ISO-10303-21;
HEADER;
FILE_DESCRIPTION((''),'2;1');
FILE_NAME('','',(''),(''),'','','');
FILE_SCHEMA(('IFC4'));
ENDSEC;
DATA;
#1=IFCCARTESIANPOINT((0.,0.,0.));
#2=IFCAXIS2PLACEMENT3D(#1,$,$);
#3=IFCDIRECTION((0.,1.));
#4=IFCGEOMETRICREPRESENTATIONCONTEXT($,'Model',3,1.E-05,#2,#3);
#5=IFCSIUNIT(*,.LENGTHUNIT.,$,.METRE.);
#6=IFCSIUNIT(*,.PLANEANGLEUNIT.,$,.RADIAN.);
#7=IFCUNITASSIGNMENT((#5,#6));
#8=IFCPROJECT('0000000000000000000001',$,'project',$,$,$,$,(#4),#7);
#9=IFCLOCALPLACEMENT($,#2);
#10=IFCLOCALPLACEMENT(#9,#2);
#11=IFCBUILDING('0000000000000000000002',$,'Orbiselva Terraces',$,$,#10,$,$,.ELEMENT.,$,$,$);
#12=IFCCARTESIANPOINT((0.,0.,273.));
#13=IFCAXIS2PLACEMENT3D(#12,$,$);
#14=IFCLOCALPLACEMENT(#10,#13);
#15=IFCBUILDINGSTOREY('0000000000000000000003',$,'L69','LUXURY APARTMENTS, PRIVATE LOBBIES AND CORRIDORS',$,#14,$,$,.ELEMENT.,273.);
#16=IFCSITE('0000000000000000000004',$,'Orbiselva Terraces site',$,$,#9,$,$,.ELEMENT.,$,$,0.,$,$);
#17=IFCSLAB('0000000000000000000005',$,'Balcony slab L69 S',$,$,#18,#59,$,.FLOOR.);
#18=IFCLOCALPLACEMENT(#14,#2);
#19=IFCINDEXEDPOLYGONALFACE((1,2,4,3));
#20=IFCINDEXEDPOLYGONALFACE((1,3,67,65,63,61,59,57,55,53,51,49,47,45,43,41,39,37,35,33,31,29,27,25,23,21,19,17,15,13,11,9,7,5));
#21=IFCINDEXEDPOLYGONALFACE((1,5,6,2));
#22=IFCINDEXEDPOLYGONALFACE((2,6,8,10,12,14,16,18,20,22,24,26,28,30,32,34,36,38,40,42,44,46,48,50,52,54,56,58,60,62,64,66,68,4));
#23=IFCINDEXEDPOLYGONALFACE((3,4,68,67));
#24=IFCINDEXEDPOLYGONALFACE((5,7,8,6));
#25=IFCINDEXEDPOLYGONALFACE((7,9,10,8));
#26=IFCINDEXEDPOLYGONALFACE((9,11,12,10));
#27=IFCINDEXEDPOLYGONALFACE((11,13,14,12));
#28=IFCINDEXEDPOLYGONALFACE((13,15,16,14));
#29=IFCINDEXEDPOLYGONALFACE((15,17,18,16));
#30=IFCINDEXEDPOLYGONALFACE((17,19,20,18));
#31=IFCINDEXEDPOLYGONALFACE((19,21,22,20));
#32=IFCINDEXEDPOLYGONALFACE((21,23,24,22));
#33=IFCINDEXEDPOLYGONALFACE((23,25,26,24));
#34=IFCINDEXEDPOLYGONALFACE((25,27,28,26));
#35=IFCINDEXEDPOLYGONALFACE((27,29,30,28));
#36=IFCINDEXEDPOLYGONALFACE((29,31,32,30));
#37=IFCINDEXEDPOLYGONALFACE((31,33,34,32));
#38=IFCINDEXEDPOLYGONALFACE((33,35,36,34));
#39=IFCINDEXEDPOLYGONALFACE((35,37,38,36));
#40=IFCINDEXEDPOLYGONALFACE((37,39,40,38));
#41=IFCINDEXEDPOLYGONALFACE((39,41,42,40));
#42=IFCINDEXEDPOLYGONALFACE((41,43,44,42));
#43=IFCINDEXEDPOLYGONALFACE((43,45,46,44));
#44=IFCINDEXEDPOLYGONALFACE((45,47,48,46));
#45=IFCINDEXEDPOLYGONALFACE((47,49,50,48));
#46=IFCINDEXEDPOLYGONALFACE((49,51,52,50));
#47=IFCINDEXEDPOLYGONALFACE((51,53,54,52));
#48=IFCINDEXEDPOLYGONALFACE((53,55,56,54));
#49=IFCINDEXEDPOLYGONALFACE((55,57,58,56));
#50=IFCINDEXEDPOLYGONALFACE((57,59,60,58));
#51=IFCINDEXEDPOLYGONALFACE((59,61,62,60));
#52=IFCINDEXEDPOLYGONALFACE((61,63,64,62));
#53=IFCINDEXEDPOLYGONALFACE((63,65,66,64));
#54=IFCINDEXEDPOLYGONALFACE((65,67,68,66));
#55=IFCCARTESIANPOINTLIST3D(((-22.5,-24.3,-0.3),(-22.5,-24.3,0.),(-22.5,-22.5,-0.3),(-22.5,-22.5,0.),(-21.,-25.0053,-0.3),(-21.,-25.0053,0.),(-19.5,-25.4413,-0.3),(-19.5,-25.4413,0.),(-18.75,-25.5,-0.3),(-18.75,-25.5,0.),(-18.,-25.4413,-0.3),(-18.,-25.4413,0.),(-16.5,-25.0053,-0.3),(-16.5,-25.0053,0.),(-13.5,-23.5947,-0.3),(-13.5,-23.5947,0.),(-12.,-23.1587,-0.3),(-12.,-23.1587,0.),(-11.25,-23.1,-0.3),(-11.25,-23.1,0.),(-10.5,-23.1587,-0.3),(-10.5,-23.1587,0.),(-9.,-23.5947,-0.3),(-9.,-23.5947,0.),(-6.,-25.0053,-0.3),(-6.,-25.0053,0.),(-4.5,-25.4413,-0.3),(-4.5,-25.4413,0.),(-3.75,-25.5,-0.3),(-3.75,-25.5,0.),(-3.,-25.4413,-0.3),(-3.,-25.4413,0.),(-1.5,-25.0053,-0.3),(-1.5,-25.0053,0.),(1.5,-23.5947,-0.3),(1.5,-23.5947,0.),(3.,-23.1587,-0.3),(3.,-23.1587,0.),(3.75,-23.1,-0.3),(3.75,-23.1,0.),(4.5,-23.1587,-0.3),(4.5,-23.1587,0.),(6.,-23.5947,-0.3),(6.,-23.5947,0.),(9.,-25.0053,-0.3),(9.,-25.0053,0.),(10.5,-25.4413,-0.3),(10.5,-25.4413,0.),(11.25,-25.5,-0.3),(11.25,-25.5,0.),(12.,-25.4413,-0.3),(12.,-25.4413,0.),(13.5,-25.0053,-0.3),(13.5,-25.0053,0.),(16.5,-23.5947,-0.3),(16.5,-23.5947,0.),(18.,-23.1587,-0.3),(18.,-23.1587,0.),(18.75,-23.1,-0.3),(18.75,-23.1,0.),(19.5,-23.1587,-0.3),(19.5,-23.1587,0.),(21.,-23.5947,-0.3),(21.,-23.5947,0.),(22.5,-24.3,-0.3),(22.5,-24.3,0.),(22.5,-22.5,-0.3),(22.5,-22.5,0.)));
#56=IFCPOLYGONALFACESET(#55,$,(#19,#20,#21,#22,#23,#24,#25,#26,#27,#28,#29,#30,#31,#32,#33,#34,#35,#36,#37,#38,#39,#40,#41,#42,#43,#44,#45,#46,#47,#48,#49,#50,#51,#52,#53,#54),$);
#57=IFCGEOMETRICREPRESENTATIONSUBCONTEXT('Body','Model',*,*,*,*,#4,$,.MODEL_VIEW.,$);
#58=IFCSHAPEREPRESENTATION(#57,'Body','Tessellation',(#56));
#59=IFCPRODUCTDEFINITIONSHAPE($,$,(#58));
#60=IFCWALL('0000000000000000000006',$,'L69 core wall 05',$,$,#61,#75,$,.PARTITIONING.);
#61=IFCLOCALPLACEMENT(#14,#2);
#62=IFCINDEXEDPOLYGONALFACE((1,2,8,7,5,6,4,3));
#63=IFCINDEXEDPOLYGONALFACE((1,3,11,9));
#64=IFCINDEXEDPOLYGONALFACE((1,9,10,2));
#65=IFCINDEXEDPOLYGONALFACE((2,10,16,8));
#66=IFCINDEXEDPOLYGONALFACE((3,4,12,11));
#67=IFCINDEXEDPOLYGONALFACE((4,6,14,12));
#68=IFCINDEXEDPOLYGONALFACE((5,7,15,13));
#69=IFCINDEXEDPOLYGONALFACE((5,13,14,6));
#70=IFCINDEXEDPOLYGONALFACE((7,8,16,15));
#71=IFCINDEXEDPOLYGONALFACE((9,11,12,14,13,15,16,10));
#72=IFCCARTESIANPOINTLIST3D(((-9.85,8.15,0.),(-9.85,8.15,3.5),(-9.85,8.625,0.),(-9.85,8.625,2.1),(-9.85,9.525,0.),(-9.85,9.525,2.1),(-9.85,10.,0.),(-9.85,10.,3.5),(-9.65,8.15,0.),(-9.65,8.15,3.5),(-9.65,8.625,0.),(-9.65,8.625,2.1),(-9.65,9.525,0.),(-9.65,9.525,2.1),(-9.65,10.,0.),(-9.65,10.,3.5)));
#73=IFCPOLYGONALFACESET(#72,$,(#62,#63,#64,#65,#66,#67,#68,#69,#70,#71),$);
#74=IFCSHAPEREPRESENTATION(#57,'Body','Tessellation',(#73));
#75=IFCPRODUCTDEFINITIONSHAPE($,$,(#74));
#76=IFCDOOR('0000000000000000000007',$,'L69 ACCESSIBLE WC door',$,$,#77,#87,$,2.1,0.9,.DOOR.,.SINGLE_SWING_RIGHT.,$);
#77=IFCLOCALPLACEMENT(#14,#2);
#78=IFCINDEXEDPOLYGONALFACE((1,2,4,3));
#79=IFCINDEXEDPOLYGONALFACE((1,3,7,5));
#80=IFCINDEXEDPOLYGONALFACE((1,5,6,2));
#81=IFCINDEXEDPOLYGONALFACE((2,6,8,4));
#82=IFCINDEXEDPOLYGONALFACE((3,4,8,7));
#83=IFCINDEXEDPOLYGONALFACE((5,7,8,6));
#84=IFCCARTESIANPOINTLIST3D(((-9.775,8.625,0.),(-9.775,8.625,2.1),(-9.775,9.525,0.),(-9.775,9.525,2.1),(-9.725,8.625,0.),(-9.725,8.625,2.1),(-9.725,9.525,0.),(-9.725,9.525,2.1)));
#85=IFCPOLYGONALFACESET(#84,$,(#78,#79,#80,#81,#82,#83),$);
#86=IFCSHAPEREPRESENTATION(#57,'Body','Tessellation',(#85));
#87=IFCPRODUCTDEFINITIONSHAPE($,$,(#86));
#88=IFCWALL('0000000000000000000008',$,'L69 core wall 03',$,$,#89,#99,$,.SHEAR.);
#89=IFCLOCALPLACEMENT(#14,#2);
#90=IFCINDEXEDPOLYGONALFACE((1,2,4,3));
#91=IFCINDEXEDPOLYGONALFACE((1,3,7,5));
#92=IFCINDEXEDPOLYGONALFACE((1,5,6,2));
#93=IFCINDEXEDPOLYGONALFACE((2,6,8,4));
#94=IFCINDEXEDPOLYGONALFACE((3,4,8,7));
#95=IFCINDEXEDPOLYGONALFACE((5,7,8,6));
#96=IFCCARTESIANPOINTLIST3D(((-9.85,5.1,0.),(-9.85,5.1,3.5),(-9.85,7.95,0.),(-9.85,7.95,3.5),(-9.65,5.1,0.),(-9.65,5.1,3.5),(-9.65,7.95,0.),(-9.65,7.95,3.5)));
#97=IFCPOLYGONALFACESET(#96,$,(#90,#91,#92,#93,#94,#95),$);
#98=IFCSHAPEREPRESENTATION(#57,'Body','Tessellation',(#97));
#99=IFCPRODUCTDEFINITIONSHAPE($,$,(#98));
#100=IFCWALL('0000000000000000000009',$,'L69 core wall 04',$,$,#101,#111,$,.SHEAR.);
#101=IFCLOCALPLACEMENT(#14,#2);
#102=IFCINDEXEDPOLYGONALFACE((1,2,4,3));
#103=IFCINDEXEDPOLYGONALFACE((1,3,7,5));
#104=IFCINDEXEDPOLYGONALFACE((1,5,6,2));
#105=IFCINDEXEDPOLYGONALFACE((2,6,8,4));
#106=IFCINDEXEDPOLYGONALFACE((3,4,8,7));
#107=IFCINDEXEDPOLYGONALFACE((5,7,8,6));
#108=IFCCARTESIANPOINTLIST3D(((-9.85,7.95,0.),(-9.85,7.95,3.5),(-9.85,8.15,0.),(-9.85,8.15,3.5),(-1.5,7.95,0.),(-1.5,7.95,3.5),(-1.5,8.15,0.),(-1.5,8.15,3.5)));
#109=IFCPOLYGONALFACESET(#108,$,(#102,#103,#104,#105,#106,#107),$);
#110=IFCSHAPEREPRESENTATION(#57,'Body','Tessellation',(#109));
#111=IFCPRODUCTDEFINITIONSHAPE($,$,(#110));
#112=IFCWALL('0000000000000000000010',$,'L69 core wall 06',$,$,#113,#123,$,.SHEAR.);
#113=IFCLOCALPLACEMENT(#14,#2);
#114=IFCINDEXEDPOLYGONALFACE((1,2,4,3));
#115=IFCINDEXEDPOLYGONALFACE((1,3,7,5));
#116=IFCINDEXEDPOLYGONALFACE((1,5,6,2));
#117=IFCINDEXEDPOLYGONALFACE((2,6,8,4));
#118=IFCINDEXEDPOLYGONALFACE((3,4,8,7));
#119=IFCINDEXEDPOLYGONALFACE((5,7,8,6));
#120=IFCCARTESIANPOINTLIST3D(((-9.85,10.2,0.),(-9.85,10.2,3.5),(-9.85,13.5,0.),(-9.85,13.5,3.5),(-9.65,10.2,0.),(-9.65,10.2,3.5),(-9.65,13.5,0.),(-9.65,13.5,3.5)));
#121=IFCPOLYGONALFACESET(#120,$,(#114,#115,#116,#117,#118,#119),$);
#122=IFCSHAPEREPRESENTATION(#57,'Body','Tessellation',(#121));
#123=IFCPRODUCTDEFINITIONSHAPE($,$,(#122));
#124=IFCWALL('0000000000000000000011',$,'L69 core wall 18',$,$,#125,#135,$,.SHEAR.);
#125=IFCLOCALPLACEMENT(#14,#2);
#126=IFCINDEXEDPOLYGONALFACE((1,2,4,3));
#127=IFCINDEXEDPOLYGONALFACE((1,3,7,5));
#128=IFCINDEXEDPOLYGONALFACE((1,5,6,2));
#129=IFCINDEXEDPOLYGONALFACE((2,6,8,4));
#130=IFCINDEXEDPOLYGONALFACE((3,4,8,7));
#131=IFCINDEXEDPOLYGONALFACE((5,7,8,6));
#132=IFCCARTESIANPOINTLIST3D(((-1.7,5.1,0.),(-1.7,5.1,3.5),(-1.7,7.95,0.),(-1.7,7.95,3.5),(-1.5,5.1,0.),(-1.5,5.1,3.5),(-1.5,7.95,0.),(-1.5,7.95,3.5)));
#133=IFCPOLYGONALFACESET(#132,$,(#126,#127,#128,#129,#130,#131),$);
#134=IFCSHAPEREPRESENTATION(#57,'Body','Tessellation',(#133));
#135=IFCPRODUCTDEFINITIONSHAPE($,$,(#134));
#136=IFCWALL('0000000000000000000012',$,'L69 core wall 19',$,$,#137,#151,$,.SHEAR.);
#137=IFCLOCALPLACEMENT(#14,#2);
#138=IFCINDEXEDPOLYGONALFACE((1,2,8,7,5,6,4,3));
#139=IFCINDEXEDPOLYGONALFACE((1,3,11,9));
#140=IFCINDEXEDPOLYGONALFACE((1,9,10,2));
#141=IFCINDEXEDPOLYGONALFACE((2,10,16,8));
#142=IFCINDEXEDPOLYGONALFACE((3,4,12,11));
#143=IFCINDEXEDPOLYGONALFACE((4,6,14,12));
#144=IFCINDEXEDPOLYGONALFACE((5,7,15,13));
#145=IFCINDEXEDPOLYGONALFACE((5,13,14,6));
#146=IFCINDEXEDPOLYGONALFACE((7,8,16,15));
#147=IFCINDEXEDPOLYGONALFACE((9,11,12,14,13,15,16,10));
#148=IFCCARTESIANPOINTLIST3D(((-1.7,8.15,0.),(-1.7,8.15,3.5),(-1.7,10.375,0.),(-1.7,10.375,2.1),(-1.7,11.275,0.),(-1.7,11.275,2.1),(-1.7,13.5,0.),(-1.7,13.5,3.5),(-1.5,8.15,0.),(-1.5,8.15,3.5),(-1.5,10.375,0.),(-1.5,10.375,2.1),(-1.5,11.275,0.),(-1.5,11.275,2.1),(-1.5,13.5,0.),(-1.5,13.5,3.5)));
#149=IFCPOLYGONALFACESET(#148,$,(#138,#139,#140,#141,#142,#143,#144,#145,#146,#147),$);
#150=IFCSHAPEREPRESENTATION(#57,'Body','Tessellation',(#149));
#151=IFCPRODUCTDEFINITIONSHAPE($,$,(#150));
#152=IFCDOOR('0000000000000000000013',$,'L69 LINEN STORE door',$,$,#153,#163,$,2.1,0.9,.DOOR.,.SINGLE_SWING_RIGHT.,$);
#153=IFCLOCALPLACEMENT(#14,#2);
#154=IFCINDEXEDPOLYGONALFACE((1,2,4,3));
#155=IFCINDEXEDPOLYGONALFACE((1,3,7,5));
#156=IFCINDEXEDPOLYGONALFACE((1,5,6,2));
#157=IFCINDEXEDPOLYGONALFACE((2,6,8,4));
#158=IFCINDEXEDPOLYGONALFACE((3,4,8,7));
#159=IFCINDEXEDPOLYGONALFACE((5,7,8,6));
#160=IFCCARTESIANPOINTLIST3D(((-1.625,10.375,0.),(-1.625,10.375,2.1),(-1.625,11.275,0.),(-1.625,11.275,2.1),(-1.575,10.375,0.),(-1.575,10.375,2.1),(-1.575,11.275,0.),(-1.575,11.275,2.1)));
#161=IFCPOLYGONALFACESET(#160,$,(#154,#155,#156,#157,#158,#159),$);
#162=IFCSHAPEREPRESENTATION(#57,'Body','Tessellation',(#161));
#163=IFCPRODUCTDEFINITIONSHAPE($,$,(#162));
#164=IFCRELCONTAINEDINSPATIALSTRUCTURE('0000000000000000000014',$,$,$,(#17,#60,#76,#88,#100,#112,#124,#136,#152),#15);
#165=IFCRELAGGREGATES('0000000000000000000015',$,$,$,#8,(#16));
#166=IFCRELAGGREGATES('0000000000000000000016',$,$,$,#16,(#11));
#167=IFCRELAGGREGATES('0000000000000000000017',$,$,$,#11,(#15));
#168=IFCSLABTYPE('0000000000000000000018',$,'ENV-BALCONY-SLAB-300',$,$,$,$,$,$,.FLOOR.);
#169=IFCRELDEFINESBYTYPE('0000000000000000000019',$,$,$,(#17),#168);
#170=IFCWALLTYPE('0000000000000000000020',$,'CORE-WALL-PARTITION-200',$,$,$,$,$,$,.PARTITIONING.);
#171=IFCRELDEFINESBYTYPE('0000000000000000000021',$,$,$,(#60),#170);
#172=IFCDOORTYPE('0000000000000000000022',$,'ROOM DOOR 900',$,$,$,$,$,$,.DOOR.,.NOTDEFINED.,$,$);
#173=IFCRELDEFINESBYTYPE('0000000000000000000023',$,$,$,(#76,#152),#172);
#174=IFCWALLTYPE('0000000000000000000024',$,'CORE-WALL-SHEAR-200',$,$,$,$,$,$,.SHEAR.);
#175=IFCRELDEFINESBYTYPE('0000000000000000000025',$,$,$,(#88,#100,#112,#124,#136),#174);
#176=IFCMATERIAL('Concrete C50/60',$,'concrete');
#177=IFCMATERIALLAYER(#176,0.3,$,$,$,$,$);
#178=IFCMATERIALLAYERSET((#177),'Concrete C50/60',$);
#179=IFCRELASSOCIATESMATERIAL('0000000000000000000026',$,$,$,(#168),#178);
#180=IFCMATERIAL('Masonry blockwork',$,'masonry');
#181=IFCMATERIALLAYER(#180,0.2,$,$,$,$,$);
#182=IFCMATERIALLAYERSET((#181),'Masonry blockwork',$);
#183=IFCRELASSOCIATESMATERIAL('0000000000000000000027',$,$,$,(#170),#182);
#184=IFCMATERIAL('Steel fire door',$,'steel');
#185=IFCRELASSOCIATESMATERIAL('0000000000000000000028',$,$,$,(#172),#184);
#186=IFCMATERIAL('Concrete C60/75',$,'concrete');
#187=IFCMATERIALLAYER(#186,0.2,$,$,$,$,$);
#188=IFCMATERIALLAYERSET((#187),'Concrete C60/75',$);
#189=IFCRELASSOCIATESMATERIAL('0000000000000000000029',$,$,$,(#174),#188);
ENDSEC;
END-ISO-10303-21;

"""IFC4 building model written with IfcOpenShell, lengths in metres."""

from ifc_helpers import new_model, si_unit, direction, frame, frame_2d, origin, place, context, subcontext, project, spatial, polyline, rectangle, outline, extrude, material, layer, layer_set, type_object, element, fill, save


model = new_model("IFC4")

# Units and contexts
model_context = context("Model", 3, precision=1e-05, world=origin(), true_north=direction((0.0, 1.0)))
body_context = subcontext(model_context, "Body", "Model", "MODEL_VIEW")
ifc_project = project(units=[si_unit("LENGTHUNIT", "METRE"), si_unit("PLANEANGLEUNIT", "RADIAN")], contexts=[model_context])

# Site, building, storey
site_placement = place(None, origin())
site = spatial("IfcSite", under=ifc_project, at=site_placement, Name="Orbiselva Terraces site", CompositionType="ELEMENT", RefElevation=0.0)
building_placement = place(site_placement, origin())
building = spatial("IfcBuilding", under=site, at=building_placement, Name="Orbiselva Terraces", CompositionType="ELEMENT")
storey_placement = place(building_placement, frame((0.0, 0.0, 273.0)))
storey = spatial("IfcBuildingStorey", under=building, at=storey_placement, Name="L69", Description="LUXURY APARTMENTS, PRIVATE LOBBIES AND CORRIDORS", CompositionType="ELEMENT", Elevation=273.0)

# Slab
ifc_material_1 = material(Name="Concrete C50/60", Category="concrete")
ifc_layer_1 = layer(ifc_material_1, 0.3)
ifc_layer_set_1 = layer_set([ifc_layer_1], Name="Concrete C50/60")
slab_type = type_object("IfcSlabType", Name="ENV-BALCONY-SLAB-300", PredefinedType="FLOOR", material=ifc_layer_set_1)
slab_placement = place(storey_placement, frame((0.0, 0.0, -0.3)))
element("IfcSlab", 1, at=slab_placement, inside=storey, type_object=slab_type, Name="Balcony slab L69 S", PredefinedType="FLOOR", context=body_context, shape_type="SweptSolid", body=[
    extrude(outline(polyline([(-22.5, -24.3), (-21.0, -25.0053), (-19.5, -25.4413), (-18.75, -25.5), (-18.0, -25.4413), (-16.5, -25.0053), (-13.5, -23.5947), (-12.0, -23.1587), (-11.25, -23.1), (-10.5, -23.1587), (-9.0, -23.5947), (-6.0, -25.0053), (-4.5, -25.4413), (-3.75, -25.5), (-3.0, -25.4413), (-1.5, -25.0053), (1.5, -23.5947), (3.0, -23.1587), (3.75, -23.1), (4.5, -23.1587), (6.0, -23.5947), (9.0, -25.0053), (10.5, -25.4413), (11.25, -25.5), (12.0, -25.4413), (13.5, -25.0053), (16.5, -23.5947), (18.0, -23.1587), (18.75, -23.1), (19.5, -23.1587), (21.0, -23.5947), (22.5, -24.3), (22.5, -22.5), (-22.5, -22.5), (-22.5, -24.3)])), origin(), (0.0, 0.0, 1.0), 0.3),
])

# Wall, opening, door
ifc_material_2 = material(Name="Masonry blockwork", Category="masonry")
ifc_layer_2 = layer(ifc_material_2, 0.2)
ifc_layer_set_2 = layer_set([ifc_layer_2], Name="Masonry blockwork")
wall_type_1 = type_object("IfcWallType", Name="CORE-WALL-PARTITION-200", PredefinedType="PARTITIONING", material=ifc_layer_set_2)
wall_1_placement = place(storey_placement, frame((-9.75, 8.15, 0.0), z_axis=(0.0, 0.0, 1.0), x_axis=(0.0, 1.0, 0.0)))
wall_1 = element("IfcWall", 2, at=wall_1_placement, inside=storey, type_object=wall_type_1, Name="L69 core wall 05", PredefinedType="PARTITIONING", context=body_context, shape_type="SweptSolid", body=[
    extrude(rectangle(XDim=1.85, YDim=0.2, at=frame_2d((0.925, 0.0))), origin(), (0.0, 0.0, 1.0), 3.5),
])
opening_1_placement = place(wall_1_placement, frame((0.475, 0.0, 0.0)))
opening_1 = element("IfcOpeningElement", 3, at=opening_1_placement, cuts=wall_1, PredefinedType="OPENING", context=body_context, shape_type="SweptSolid", body=[
    extrude(rectangle(XDim=0.9, YDim=2.1, at=frame_2d((0.45, 1.05))), frame((0.0, 0.11, 0.0), z_axis=(0.0, -1.0, 0.0), x_axis=(1.0, 0.0, 0.0)), (0.0, 0.0, 1.0), 0.22),
])
ifc_material_3 = material(Name="Steel fire door", Category="steel")
door_type = type_object("IfcDoorType", Name="ROOM DOOR 900", OperationType="NOTDEFINED", PredefinedType="DOOR", material=ifc_material_3)
door_1_placement = place(opening_1_placement, origin())
door_1 = element("IfcDoor", 4, at=door_1_placement, inside=storey, type_object=door_type, Name="L69 ACCESSIBLE WC door", OperationType="SINGLE_SWING_RIGHT", OverallHeight=2.1, OverallWidth=0.9, PredefinedType="DOOR", context=body_context, shape_type="SweptSolid", body=[
    extrude(rectangle(XDim=0.9, YDim=2.1, at=frame_2d((0.45, 1.05))), frame((0.0, 0.025, 0.0), z_axis=(0.0, -1.0, 0.0), x_axis=(1.0, 0.0, 0.0)), (0.0, 0.0, 1.0), 0.05),
])
fill(opening_1, door_1)

# Walls
ifc_material_4 = material(Name="Concrete C60/75", Category="concrete")
ifc_layer_3 = layer(ifc_material_4, 0.2)
ifc_layer_set_3 = layer_set([ifc_layer_3], Name="Concrete C60/75")
wall_type_2 = type_object("IfcWallType", Name="CORE-WALL-SHEAR-200", PredefinedType="SHEAR", material=ifc_layer_set_3)
wall_2_placement = place(storey_placement, frame((-9.75, 5.1, 0.0), z_axis=(0.0, 0.0, 1.0), x_axis=(0.0, 1.0, 0.0)))
element("IfcWall", 5, at=wall_2_placement, inside=storey, type_object=wall_type_2, Name="L69 core wall 03", PredefinedType="SHEAR", context=body_context, shape_type="SweptSolid", body=[
    extrude(rectangle(XDim=2.85, YDim=0.2, at=frame_2d((1.425, 0.0))), origin(), (0.0, 0.0, 1.0), 3.5),
])
wall_3_placement = place(storey_placement, frame((-9.85, 8.05, 0.0), z_axis=(0.0, 0.0, 1.0), x_axis=(1.0, 0.0, 0.0)))
element("IfcWall", 6, at=wall_3_placement, inside=storey, type_object=wall_type_2, Name="L69 core wall 04", PredefinedType="SHEAR", context=body_context, shape_type="SweptSolid", body=[
    extrude(rectangle(XDim=8.35, YDim=0.2, at=frame_2d((4.175, 0.0))), origin(), (0.0, 0.0, 1.0), 3.5),
])
wall_4_placement = place(storey_placement, frame((-9.75, 10.2, 0.0), z_axis=(0.0, 0.0, 1.0), x_axis=(0.0, 1.0, 0.0)))
element("IfcWall", 7, at=wall_4_placement, inside=storey, type_object=wall_type_2, Name="L69 core wall 06", PredefinedType="SHEAR", context=body_context, shape_type="SweptSolid", body=[
    extrude(rectangle(XDim=3.3, YDim=0.2, at=frame_2d((1.65, 0.0))), origin(), (0.0, 0.0, 1.0), 3.5),
])
wall_5_placement = place(storey_placement, frame((-1.6, 5.1, 0.0), z_axis=(0.0, 0.0, 1.0), x_axis=(0.0, 1.0, 0.0)))
element("IfcWall", 8, at=wall_5_placement, inside=storey, type_object=wall_type_2, Name="L69 core wall 18", PredefinedType="SHEAR", context=body_context, shape_type="SweptSolid", body=[
    extrude(rectangle(XDim=2.85, YDim=0.2, at=frame_2d((1.425, 0.0))), origin(), (0.0, 0.0, 1.0), 3.5),
])

# Wall, opening, door
wall_6_placement = place(storey_placement, frame((-1.6, 8.15, 0.0), z_axis=(0.0, 0.0, 1.0), x_axis=(0.0, 1.0, 0.0)))
wall_6 = element("IfcWall", 9, at=wall_6_placement, inside=storey, type_object=wall_type_2, Name="L69 core wall 19", PredefinedType="SHEAR", context=body_context, shape_type="SweptSolid", body=[
    extrude(rectangle(XDim=5.35, YDim=0.2, at=frame_2d((2.675, 0.0))), origin(), (0.0, 0.0, 1.0), 3.5),
])
opening_2_placement = place(wall_6_placement, frame((2.225, 0.0, 0.0)))
opening_2 = element("IfcOpeningElement", 10, at=opening_2_placement, cuts=wall_6, PredefinedType="OPENING", context=body_context, shape_type="SweptSolid", body=[
    extrude(rectangle(XDim=0.9, YDim=2.1, at=frame_2d((0.45, 1.05))), frame((0.0, 0.11, 0.0), z_axis=(0.0, -1.0, 0.0), x_axis=(1.0, 0.0, 0.0)), (0.0, 0.0, 1.0), 0.22),
])
door_2_placement = place(opening_2_placement, origin())
door_2 = element("IfcDoor", 11, at=door_2_placement, inside=storey, type_object=door_type, Name="L69 LINEN STORE door", OperationType="SINGLE_SWING_RIGHT", OverallHeight=2.1, OverallWidth=0.9, PredefinedType="DOOR", context=body_context, shape_type="SweptSolid", body=[
    extrude(rectangle(XDim=0.9, YDim=2.1, at=frame_2d((0.45, 1.05))), frame((0.0, 0.025, 0.0), z_axis=(0.0, -1.0, 0.0), x_axis=(1.0, 0.0, 0.0)), (0.0, 0.0, 1.0), 0.05),
])
fill(opening_2, door_2)

save(model, "model.ifc")
